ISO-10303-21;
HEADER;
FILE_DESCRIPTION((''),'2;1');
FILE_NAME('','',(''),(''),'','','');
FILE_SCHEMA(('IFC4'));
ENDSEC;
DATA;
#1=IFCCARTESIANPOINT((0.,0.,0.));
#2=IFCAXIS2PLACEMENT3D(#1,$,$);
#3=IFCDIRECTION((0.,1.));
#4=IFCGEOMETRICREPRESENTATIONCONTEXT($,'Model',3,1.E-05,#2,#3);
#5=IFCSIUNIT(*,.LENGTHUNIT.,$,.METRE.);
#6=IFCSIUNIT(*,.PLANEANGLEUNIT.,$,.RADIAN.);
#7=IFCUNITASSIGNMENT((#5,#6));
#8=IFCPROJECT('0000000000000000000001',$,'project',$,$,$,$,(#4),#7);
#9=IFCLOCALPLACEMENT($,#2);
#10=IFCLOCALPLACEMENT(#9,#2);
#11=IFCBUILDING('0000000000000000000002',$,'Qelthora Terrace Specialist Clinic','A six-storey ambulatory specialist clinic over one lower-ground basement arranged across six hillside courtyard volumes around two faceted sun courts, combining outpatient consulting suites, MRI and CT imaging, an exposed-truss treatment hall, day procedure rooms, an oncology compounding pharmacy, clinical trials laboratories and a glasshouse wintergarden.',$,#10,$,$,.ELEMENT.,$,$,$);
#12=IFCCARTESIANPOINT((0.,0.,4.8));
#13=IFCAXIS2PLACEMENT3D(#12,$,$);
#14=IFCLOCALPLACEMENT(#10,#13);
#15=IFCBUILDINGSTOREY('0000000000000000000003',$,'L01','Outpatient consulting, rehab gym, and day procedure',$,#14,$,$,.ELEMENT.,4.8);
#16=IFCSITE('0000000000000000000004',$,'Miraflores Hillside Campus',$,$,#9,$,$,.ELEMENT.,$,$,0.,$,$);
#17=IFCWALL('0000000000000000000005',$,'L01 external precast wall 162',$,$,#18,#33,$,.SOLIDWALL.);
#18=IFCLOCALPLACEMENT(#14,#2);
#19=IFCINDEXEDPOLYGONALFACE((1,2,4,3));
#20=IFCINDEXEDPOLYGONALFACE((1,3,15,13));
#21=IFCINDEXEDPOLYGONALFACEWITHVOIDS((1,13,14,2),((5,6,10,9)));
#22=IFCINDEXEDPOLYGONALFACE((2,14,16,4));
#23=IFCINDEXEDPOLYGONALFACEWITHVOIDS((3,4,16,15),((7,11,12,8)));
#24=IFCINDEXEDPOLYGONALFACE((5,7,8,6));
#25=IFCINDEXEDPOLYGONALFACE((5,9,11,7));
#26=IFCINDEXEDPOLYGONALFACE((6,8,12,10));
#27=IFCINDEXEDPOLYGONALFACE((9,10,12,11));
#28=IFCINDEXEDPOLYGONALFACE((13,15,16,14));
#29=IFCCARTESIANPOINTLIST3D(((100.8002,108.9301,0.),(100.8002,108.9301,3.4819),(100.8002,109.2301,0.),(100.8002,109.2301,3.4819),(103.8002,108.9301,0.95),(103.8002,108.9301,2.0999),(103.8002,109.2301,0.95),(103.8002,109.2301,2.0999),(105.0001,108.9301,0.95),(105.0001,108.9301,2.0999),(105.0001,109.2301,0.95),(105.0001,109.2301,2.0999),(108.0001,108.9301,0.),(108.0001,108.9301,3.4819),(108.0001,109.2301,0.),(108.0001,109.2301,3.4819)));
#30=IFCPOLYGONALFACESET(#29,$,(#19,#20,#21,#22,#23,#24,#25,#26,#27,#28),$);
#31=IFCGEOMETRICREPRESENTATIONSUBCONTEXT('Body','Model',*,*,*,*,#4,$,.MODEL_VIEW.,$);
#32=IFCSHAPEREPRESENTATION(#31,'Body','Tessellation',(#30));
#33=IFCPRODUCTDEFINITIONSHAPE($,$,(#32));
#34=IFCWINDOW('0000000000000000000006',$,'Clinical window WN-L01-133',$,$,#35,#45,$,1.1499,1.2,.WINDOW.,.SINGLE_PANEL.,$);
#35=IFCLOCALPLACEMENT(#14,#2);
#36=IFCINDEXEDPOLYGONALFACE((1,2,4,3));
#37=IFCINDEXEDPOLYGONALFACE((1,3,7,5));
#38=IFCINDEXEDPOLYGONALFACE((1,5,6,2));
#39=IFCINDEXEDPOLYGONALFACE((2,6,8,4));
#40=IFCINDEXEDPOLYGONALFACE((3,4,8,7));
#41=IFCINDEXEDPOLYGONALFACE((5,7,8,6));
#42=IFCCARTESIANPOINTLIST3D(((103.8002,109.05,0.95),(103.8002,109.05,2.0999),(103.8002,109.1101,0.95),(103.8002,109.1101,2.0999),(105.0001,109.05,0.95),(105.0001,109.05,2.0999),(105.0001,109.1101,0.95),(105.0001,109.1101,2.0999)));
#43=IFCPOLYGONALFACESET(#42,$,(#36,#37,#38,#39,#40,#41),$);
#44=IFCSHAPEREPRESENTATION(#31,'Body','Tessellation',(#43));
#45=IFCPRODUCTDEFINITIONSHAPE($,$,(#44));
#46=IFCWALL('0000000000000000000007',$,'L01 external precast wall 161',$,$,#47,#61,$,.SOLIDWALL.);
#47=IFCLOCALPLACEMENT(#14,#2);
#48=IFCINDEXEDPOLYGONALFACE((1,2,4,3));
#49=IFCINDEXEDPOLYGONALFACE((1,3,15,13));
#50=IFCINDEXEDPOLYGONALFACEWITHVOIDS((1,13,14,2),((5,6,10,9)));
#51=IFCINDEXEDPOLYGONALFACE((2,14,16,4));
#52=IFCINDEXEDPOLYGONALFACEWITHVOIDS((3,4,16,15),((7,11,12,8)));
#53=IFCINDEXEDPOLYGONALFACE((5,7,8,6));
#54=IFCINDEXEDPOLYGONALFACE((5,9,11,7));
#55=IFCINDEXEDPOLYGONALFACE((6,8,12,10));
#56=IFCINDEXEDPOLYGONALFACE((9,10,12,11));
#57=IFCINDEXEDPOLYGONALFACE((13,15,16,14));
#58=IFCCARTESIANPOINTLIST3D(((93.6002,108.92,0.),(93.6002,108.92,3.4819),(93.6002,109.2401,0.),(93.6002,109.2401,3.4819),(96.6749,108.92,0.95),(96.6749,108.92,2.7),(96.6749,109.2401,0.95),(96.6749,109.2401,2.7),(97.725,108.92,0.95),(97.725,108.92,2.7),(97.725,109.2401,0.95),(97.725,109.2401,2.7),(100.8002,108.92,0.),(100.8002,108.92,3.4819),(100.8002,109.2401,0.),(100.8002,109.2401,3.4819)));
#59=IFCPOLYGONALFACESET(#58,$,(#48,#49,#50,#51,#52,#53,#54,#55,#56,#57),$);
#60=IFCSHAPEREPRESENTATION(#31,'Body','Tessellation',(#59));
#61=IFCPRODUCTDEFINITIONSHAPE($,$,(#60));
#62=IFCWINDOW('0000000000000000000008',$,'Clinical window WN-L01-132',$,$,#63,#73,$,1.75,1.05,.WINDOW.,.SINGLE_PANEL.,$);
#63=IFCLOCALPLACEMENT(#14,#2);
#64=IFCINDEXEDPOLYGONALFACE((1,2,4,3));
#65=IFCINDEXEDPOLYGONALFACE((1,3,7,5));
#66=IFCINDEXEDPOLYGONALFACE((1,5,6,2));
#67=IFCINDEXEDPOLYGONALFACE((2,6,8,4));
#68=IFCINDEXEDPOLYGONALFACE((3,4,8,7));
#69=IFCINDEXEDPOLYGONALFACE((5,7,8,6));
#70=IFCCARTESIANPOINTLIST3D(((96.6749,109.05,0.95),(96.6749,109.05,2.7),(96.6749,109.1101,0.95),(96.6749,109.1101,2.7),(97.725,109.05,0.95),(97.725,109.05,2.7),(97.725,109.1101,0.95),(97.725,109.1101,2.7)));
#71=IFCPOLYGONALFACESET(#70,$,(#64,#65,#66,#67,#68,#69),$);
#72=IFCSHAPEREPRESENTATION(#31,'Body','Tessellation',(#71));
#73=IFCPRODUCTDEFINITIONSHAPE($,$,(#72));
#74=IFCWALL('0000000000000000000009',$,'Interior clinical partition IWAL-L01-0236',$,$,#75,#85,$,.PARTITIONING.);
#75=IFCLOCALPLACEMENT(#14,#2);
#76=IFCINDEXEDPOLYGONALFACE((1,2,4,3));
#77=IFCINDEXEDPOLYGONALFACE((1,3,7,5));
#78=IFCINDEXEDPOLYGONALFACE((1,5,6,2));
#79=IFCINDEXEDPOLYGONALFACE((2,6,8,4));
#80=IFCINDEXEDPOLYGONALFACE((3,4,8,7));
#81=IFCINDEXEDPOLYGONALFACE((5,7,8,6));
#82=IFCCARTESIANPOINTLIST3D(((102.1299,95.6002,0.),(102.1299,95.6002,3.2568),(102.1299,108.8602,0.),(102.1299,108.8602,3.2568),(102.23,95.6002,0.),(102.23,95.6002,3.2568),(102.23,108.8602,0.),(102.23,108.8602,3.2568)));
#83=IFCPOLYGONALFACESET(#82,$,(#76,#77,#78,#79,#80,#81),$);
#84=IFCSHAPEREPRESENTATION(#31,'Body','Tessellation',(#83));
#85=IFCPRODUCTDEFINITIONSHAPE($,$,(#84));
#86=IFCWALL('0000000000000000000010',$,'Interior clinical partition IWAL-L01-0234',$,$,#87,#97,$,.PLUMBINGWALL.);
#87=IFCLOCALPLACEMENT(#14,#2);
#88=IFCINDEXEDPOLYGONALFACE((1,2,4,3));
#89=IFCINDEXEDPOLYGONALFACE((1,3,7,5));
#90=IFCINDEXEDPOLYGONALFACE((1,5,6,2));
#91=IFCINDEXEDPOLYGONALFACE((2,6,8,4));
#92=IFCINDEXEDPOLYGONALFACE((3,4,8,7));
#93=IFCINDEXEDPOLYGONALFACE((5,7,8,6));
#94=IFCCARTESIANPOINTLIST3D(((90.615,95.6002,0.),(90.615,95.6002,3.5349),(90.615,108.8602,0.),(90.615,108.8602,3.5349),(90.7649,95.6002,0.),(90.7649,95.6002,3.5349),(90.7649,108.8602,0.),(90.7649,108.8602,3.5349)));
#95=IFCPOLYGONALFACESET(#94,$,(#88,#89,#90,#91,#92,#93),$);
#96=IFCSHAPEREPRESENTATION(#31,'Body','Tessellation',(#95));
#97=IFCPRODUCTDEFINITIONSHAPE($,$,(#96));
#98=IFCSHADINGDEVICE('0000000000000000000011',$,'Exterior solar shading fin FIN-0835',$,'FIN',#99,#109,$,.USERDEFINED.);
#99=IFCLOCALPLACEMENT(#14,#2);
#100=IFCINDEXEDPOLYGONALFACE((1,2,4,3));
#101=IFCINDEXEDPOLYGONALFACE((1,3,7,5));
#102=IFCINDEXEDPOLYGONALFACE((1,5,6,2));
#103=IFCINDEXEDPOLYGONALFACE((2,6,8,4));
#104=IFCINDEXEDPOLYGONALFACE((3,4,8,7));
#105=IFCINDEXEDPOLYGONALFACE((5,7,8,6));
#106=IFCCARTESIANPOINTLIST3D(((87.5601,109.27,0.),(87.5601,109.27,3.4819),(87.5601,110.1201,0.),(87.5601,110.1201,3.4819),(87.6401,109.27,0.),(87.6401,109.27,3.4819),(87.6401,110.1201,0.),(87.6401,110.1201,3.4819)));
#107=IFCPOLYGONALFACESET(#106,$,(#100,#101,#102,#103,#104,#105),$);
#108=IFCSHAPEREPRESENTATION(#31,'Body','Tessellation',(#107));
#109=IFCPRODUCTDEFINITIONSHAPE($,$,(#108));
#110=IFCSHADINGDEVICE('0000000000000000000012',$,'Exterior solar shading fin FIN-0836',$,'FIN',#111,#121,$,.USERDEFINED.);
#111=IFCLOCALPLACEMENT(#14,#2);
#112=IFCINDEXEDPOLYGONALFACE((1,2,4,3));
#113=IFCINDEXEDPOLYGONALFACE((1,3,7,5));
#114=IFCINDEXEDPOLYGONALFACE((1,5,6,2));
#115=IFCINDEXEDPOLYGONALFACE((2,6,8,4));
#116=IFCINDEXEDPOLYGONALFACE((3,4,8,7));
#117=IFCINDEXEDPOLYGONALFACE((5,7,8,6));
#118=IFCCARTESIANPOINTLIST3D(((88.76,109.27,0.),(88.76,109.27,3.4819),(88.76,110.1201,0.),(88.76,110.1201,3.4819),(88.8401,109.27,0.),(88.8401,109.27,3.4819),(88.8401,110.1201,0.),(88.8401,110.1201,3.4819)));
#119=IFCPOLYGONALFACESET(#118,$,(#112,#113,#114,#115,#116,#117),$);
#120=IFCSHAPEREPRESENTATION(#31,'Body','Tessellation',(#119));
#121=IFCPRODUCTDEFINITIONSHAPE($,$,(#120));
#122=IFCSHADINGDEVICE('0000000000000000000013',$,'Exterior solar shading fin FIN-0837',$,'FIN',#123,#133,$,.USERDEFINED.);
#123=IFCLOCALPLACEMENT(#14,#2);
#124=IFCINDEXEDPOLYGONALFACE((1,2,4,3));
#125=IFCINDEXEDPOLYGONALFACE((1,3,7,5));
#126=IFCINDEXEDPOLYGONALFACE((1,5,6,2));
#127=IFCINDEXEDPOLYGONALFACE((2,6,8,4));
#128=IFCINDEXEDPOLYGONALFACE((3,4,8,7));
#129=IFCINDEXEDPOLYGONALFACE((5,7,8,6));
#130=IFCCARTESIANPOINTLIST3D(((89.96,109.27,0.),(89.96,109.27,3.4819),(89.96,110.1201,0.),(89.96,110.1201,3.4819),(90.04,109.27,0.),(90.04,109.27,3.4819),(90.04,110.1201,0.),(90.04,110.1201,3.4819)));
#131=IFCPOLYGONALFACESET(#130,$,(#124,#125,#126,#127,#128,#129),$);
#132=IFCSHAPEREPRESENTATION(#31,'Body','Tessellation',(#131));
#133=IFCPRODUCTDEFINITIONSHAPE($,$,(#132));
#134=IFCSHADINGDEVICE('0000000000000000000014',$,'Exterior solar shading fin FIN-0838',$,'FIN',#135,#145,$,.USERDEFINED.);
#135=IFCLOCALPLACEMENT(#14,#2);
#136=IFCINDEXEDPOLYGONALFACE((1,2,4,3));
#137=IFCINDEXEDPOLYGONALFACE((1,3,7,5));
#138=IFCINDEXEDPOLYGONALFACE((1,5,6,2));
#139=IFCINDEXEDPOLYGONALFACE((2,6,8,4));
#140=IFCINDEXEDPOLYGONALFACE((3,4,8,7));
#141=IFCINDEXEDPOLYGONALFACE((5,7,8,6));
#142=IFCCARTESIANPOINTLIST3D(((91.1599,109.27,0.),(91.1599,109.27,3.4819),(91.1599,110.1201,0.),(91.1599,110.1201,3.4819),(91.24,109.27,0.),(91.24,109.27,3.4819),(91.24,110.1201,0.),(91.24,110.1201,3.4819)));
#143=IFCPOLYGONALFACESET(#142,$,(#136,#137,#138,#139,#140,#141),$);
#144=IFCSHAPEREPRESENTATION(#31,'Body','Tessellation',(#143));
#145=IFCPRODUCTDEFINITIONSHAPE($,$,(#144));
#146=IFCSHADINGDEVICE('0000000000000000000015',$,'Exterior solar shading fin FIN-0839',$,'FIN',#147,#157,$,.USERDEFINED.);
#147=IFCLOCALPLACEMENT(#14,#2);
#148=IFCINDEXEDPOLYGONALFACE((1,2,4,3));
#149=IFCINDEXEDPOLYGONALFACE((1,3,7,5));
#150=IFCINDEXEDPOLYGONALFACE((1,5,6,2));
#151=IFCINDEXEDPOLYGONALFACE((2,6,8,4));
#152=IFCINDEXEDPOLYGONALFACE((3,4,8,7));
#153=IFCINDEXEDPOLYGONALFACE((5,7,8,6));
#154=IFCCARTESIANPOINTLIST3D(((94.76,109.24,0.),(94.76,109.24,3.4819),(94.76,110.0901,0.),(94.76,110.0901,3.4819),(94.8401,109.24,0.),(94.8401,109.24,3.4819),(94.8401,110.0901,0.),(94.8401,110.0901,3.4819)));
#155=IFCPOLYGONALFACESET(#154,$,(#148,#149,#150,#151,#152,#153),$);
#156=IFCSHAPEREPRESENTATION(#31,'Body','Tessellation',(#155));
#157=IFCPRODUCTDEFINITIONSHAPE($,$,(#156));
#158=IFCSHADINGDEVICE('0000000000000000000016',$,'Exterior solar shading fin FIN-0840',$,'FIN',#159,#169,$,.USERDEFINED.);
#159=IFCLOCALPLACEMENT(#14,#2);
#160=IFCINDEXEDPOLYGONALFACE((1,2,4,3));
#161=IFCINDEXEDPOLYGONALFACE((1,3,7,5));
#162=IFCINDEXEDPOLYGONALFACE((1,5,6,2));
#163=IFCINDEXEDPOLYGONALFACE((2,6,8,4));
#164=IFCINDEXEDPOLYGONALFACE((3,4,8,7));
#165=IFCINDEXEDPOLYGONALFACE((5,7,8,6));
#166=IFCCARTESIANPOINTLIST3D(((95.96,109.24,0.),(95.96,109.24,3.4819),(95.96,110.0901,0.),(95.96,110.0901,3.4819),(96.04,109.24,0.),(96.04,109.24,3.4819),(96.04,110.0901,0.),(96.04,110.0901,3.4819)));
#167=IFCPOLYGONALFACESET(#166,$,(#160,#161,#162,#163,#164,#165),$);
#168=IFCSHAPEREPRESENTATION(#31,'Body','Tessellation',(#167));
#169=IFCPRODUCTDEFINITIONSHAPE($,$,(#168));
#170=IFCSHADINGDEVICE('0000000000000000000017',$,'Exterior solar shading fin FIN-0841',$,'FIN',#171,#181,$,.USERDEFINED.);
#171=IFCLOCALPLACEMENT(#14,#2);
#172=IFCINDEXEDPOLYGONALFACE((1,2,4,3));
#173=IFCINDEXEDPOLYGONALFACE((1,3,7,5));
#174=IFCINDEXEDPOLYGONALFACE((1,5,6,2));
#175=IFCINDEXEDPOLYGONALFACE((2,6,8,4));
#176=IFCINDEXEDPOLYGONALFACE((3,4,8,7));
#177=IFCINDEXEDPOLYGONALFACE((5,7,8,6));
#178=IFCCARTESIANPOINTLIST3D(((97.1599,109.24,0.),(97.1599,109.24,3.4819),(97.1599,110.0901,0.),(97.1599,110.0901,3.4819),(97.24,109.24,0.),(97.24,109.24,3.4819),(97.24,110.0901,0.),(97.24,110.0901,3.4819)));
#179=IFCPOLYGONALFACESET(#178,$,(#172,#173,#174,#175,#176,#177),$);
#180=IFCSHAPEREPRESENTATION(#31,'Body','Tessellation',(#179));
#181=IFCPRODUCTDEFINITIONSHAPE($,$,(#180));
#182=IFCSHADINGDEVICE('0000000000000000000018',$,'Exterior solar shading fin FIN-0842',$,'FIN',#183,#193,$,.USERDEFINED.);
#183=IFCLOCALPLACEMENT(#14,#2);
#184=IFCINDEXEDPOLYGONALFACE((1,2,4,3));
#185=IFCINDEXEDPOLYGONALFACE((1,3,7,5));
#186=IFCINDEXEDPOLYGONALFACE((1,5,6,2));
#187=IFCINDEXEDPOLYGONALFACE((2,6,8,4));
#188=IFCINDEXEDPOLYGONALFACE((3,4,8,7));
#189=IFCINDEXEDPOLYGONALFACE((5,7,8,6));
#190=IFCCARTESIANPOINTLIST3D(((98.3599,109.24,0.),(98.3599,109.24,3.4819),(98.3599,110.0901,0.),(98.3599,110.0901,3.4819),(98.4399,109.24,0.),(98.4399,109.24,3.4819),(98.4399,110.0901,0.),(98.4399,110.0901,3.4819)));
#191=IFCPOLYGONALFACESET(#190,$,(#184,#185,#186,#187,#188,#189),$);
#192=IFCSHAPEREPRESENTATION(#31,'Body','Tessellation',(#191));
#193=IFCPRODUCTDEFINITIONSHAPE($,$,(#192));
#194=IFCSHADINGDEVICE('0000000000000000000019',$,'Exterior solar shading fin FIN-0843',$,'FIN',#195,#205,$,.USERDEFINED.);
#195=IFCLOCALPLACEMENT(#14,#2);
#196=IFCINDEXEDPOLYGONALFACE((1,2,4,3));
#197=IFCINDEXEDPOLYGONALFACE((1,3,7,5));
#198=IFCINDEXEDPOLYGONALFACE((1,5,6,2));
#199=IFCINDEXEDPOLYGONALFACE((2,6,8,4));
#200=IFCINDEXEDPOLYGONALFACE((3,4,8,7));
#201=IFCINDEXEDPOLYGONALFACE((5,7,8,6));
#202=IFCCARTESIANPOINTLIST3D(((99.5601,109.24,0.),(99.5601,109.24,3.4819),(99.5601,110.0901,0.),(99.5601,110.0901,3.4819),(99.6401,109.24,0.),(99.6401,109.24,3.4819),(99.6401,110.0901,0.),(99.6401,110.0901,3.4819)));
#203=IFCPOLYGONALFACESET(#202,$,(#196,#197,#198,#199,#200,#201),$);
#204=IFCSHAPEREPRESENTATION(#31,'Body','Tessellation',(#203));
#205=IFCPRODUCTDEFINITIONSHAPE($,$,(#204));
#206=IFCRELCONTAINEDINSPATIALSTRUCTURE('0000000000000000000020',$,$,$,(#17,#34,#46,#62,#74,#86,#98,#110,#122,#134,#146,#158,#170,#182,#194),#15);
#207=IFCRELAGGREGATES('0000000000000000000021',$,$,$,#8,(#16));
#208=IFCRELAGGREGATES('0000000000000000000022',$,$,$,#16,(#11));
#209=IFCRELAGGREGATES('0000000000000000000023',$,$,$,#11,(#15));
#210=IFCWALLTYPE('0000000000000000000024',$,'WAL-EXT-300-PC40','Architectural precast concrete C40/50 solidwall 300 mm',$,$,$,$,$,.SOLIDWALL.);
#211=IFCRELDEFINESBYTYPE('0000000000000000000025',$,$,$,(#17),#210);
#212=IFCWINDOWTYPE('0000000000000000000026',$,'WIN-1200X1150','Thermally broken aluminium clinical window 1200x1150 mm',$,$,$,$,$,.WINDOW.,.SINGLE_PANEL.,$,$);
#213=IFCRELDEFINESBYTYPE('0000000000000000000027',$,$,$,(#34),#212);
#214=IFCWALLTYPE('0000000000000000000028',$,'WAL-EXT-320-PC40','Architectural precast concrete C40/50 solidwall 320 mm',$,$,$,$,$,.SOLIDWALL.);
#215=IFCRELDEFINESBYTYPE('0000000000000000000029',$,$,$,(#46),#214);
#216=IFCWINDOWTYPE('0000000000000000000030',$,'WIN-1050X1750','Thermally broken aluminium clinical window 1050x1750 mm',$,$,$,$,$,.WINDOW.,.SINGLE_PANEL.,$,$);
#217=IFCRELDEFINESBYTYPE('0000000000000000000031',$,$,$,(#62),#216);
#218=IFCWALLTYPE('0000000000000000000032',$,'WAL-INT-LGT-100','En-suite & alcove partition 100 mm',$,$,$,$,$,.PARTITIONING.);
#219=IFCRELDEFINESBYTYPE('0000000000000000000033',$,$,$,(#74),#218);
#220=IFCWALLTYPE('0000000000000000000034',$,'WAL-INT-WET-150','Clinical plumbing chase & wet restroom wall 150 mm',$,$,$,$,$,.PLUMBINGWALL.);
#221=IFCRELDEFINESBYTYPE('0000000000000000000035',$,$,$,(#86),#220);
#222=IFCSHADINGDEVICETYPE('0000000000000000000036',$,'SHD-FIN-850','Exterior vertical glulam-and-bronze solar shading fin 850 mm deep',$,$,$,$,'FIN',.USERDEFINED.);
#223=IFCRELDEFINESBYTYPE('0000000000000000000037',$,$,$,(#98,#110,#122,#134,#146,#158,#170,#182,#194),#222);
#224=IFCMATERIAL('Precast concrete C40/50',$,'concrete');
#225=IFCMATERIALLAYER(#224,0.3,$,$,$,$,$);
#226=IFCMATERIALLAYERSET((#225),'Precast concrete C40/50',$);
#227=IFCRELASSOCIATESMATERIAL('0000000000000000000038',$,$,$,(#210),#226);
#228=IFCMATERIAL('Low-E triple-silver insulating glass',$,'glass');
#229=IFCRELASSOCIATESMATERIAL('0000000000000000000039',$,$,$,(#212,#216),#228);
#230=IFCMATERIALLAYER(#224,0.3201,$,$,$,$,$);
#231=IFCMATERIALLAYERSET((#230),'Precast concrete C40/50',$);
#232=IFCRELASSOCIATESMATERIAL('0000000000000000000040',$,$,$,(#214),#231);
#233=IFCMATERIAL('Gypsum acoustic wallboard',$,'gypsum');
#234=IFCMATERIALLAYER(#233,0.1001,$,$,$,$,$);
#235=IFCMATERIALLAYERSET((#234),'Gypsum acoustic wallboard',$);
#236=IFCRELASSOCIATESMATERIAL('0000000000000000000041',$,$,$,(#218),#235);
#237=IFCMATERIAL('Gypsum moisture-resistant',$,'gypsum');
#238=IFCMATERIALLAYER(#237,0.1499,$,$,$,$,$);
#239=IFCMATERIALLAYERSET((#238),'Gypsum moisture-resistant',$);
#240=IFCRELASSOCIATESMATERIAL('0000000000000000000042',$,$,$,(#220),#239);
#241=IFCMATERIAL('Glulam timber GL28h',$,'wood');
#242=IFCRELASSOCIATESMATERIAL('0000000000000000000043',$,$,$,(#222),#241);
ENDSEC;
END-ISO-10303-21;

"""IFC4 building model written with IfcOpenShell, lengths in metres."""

from ifc_helpers import new_model, si_unit, direction, frame, frame_2d, origin, origin_2d, place, context, subcontext, project, spatial, rectangle, extrude, material, layer, layer_set, type_object, element, fill, save


model = new_model("IFC4")

# Units and contexts
model_context = context("Model", 3, precision=1e-05, world=origin(), true_north=direction((0.0, 1.0)))
body_context = subcontext(model_context, "Body", "Model", "MODEL_VIEW")
ifc_project = project(units=[si_unit("LENGTHUNIT", "METRE"), si_unit("PLANEANGLEUNIT", "RADIAN")], contexts=[model_context])

# Site, building, storey
site_placement = place(None, origin())
site = spatial("IfcSite", under=ifc_project, at=site_placement, Name="Miraflores Hillside Campus", CompositionType="ELEMENT", RefElevation=0.0)
building_placement = place(site_placement, origin())
building = spatial("IfcBuilding", under=site, at=building_placement, Name="Qelthora Terrace Specialist Clinic", Description="A six-storey ambulatory specialist clinic over one lower-ground basement arranged across six hillside courtyard volumes around two faceted sun courts, combining outpatient consulting suites, MRI and CT imaging, an exposed-truss treatment hall, day procedure rooms, an oncology compounding pharmacy, clinical trials laboratories and a glasshouse wintergarden.", CompositionType="ELEMENT")
storey_placement = place(building_placement, frame((0.0, 0.0, 4.8)))
storey = spatial("IfcBuildingStorey", under=building, at=storey_placement, Name="L01", Description="Outpatient consulting, rehab gym, and day procedure", CompositionType="ELEMENT", Elevation=4.8)

# Walls, openings, windows
ifc_material_1 = material(Name="Precast concrete C40/50", Category="concrete")
ifc_layer_1 = layer(ifc_material_1, 0.3)
ifc_layer_set_1 = layer_set([ifc_layer_1], Name="Precast concrete C40/50")
wall_type_1 = type_object("IfcWallType", Name="WAL-EXT-300-PC40", Description="Architectural precast concrete C40/50 solidwall 300 mm", PredefinedType="SOLIDWALL", material=ifc_layer_set_1)
wall_1_placement = place(storey_placement, frame((100.8, 109.0801, 0.0), z_axis=(0.0, 0.0, 1.0), x_axis=(1.0, 0.0, 0.0)))
wall_1 = element("IfcWall", 1, at=wall_1_placement, inside=storey, type_object=wall_type_1, Name="L01 external precast wall 162", PredefinedType="SOLIDWALL", context=body_context, shape_type="SweptSolid", body=[
    extrude(rectangle(XDim=7.2, YDim=0.3, at=frame_2d((3.6001, 0.0))), origin(), (0.0, 0.0, 1.0), 3.4819),
])
opening_1_placement = place(wall_1_placement, frame((3.0, 0.0, 0.95)))
opening_1 = element("IfcOpeningElement", 2, at=opening_1_placement, cuts=wall_1, PredefinedType="OPENING", context=body_context, shape_type="SweptSolid", body=[
    extrude(rectangle(XDim=1.2, YDim=1.1499, at=frame_2d((0.6001, 0.575))), frame((0.0, 0.1599, 0.0), z_axis=(0.0, -1.0, 0.0), x_axis=(1.0, 0.0, 0.0)), (0.0, 0.0, 1.0), 0.3201),
])
ifc_material_2 = material(Name="Low-E triple-silver insulating glass", Category="glass")
window_type_1 = type_object("IfcWindowType", Name="WIN-1200X1150", Description="Thermally broken aluminium clinical window 1200x1150 mm", PartitioningType="SINGLE_PANEL", PredefinedType="WINDOW", material=ifc_material_2)
window_1_placement = place(opening_1_placement, origin())
window_1 = element("IfcWindow", 3, at=window_1_placement, inside=storey, type_object=window_type_1, Name="Clinical window WN-L01-133", OverallHeight=1.1499, OverallWidth=1.2, PartitioningType="SINGLE_PANEL", PredefinedType="WINDOW", context=body_context, shape_type="SweptSolid", body=[
    extrude(rectangle(XDim=1.2, YDim=1.1499, at=frame_2d((0.6001, 0.575))), frame((0.0, 0.03, 0.0), z_axis=(0.0, -1.0, 0.0), x_axis=(1.0, 0.0, 0.0)), (0.0, 0.0, 1.0), 0.0601),
])
fill(opening_1, window_1)
ifc_layer_2 = layer(ifc_material_1, 0.3201)
ifc_layer_set_2 = layer_set([ifc_layer_2], Name="Precast concrete C40/50")
wall_type_2 = type_object("IfcWallType", Name="WAL-EXT-320-PC40", Description="Architectural precast concrete C40/50 solidwall 320 mm", PredefinedType="SOLIDWALL", material=ifc_layer_set_2)
wall_2_placement = place(storey_placement, frame((93.6001, 109.0801, 0.0), z_axis=(0.0, 0.0, 1.0), x_axis=(1.0, 0.0, 0.0)))
wall_2 = element("IfcWall", 4, at=wall_2_placement, inside=storey, type_object=wall_type_2, Name="L01 external precast wall 161", PredefinedType="SOLIDWALL", context=body_context, shape_type="SweptSolid", body=[
    extrude(rectangle(XDim=7.2, YDim=0.3201, at=frame_2d((3.6001, 0.0))), origin(), (0.0, 0.0, 1.0), 3.4819),
])
opening_2_placement = place(wall_2_placement, frame((3.075, 0.0, 0.95)))
opening_2 = element("IfcOpeningElement", 5, at=opening_2_placement, cuts=wall_2, PredefinedType="OPENING", context=body_context, shape_type="SweptSolid", body=[
    extrude(rectangle(XDim=1.05, YDim=1.75, at=frame_2d((0.5249, 0.875))), frame((0.0, 0.1699, 0.0), z_axis=(0.0, -1.0, 0.0), x_axis=(1.0, 0.0, 0.0)), (0.0, 0.0, 1.0), 0.3401),
])
window_type_2 = type_object("IfcWindowType", Name="WIN-1050X1750", Description="Thermally broken aluminium clinical window 1050x1750 mm", PartitioningType="SINGLE_PANEL", PredefinedType="WINDOW", material=ifc_material_2)
window_2_placement = place(opening_2_placement, origin())
window_2 = element("IfcWindow", 6, at=window_2_placement, inside=storey, type_object=window_type_2, Name="Clinical window WN-L01-132", OverallHeight=1.75, OverallWidth=1.05, PartitioningType="SINGLE_PANEL", PredefinedType="WINDOW", context=body_context, shape_type="SweptSolid", body=[
    extrude(rectangle(XDim=1.05, YDim=1.75, at=frame_2d((0.5249, 0.875))), frame((0.0, 0.03, 0.0), z_axis=(0.0, -1.0, 0.0), x_axis=(1.0, 0.0, 0.0)), (0.0, 0.0, 1.0), 0.0601),
])
fill(opening_2, window_2)

# Walls
ifc_material_3 = material(Name="Gypsum acoustic wallboard", Category="gypsum")
ifc_layer_3 = layer(ifc_material_3, 0.1001)
ifc_layer_set_3 = layer_set([ifc_layer_3], Name="Gypsum acoustic wallboard")
wall_type_3 = type_object("IfcWallType", Name="WAL-INT-LGT-100", Description="En-suite & alcove partition 100 mm", PredefinedType="PARTITIONING", material=ifc_layer_set_3)
wall_3_placement = place(storey_placement, frame((102.1799, 108.8601, 0.0), z_axis=(0.0, 0.0, 1.0), x_axis=(0.0, -1.0, 0.0)))
element("IfcWall", 7, at=wall_3_placement, inside=storey, type_object=wall_type_3, Name="Interior clinical partition IWAL-L01-0236", PredefinedType="PARTITIONING", context=body_context, shape_type="SweptSolid", body=[
    extrude(rectangle(XDim=13.26, YDim=0.1001, at=frame_2d((6.6299, 0.0))), origin(), (0.0, 0.0, 1.0), 3.2568),
])
ifc_material_4 = material(Name="Gypsum moisture-resistant", Category="gypsum")
ifc_layer_4 = layer(ifc_material_4, 0.1499)
ifc_layer_set_4 = layer_set([ifc_layer_4], Name="Gypsum moisture-resistant")
wall_type_4 = type_object("IfcWallType", Name="WAL-INT-WET-150", Description="Clinical plumbing chase & wet restroom wall 150 mm", PredefinedType="PLUMBINGWALL", material=ifc_layer_set_4)
wall_4_placement = place(storey_placement, frame((90.6899, 108.8601, 0.0), z_axis=(0.0, 0.0, 1.0), x_axis=(0.0, -1.0, 0.0)))
element("IfcWall", 8, at=wall_4_placement, inside=storey, type_object=wall_type_4, Name="Interior clinical partition IWAL-L01-0234", PredefinedType="PLUMBINGWALL", context=body_context, shape_type="SweptSolid", body=[
    extrude(rectangle(XDim=13.26, YDim=0.1499, at=frame_2d((6.6299, 0.0))), origin(), (0.0, 0.0, 1.0), 3.5349),
])

# Shading devices
ifc_material_5 = material(Name="Glulam timber GL28h", Category="wood")
shading_device_type = type_object("IfcShadingDeviceType", Name="SHD-FIN-850", Description="Exterior vertical glulam-and-bronze solar shading fin 850 mm deep", ElementType="FIN", PredefinedType="USERDEFINED", material=ifc_material_5)
for number, where, z_axis, x_axis, name in (
    (9, (87.6001, 109.6951, 0.0), (0.0, 0.0, 1.0), (0.0, 1.0, 0.0), "Exterior solar shading fin FIN-0835"),
    (10, (88.8, 109.6951, 0.0), (0.0, 0.0, 1.0), (0.0, 1.0, 0.0), "Exterior solar shading fin FIN-0836"),
    (11, (90.0, 109.6951, 0.0), (0.0, 0.0, 1.0), (0.0, 1.0, 0.0), "Exterior solar shading fin FIN-0837"),
    (12, (91.2, 109.6951, 0.0), (0.0, 0.0, 1.0), (0.0, 1.0, 0.0), "Exterior solar shading fin FIN-0838"),
    (13, (94.8, 109.665, 0.0), (0.0, 0.0, 1.0), (0.0, 1.0, 0.0), "Exterior solar shading fin FIN-0839"),
    (14, (96.0, 109.665, 0.0), (0.0, 0.0, 1.0), (0.0, 1.0, 0.0), "Exterior solar shading fin FIN-0840"),
    (15, (97.2, 109.665, 0.0), (0.0, 0.0, 1.0), (0.0, 1.0, 0.0), "Exterior solar shading fin FIN-0841"),
    (16, (98.3999, 109.665, 0.0), (0.0, 0.0, 1.0), (0.0, 1.0, 0.0), "Exterior solar shading fin FIN-0842"),
    (17, (99.6001, 109.665, 0.0), (0.0, 0.0, 1.0), (0.0, 1.0, 0.0), "Exterior solar shading fin FIN-0843"),
):
    element("IfcShadingDevice", number, at=place(storey_placement, frame(where, z_axis=z_axis, x_axis=x_axis)), inside=storey, type_object=shading_device_type, Name=name, ObjectType="FIN", PredefinedType="USERDEFINED", context=body_context, shape_type="SweptSolid", body=[
        extrude(rectangle(XDim=0.8501, YDim=0.0801, at=origin_2d()), origin(), (0.0, 0.0, 1.0), 3.4819),
    ])

save(model, "model.ifc")
